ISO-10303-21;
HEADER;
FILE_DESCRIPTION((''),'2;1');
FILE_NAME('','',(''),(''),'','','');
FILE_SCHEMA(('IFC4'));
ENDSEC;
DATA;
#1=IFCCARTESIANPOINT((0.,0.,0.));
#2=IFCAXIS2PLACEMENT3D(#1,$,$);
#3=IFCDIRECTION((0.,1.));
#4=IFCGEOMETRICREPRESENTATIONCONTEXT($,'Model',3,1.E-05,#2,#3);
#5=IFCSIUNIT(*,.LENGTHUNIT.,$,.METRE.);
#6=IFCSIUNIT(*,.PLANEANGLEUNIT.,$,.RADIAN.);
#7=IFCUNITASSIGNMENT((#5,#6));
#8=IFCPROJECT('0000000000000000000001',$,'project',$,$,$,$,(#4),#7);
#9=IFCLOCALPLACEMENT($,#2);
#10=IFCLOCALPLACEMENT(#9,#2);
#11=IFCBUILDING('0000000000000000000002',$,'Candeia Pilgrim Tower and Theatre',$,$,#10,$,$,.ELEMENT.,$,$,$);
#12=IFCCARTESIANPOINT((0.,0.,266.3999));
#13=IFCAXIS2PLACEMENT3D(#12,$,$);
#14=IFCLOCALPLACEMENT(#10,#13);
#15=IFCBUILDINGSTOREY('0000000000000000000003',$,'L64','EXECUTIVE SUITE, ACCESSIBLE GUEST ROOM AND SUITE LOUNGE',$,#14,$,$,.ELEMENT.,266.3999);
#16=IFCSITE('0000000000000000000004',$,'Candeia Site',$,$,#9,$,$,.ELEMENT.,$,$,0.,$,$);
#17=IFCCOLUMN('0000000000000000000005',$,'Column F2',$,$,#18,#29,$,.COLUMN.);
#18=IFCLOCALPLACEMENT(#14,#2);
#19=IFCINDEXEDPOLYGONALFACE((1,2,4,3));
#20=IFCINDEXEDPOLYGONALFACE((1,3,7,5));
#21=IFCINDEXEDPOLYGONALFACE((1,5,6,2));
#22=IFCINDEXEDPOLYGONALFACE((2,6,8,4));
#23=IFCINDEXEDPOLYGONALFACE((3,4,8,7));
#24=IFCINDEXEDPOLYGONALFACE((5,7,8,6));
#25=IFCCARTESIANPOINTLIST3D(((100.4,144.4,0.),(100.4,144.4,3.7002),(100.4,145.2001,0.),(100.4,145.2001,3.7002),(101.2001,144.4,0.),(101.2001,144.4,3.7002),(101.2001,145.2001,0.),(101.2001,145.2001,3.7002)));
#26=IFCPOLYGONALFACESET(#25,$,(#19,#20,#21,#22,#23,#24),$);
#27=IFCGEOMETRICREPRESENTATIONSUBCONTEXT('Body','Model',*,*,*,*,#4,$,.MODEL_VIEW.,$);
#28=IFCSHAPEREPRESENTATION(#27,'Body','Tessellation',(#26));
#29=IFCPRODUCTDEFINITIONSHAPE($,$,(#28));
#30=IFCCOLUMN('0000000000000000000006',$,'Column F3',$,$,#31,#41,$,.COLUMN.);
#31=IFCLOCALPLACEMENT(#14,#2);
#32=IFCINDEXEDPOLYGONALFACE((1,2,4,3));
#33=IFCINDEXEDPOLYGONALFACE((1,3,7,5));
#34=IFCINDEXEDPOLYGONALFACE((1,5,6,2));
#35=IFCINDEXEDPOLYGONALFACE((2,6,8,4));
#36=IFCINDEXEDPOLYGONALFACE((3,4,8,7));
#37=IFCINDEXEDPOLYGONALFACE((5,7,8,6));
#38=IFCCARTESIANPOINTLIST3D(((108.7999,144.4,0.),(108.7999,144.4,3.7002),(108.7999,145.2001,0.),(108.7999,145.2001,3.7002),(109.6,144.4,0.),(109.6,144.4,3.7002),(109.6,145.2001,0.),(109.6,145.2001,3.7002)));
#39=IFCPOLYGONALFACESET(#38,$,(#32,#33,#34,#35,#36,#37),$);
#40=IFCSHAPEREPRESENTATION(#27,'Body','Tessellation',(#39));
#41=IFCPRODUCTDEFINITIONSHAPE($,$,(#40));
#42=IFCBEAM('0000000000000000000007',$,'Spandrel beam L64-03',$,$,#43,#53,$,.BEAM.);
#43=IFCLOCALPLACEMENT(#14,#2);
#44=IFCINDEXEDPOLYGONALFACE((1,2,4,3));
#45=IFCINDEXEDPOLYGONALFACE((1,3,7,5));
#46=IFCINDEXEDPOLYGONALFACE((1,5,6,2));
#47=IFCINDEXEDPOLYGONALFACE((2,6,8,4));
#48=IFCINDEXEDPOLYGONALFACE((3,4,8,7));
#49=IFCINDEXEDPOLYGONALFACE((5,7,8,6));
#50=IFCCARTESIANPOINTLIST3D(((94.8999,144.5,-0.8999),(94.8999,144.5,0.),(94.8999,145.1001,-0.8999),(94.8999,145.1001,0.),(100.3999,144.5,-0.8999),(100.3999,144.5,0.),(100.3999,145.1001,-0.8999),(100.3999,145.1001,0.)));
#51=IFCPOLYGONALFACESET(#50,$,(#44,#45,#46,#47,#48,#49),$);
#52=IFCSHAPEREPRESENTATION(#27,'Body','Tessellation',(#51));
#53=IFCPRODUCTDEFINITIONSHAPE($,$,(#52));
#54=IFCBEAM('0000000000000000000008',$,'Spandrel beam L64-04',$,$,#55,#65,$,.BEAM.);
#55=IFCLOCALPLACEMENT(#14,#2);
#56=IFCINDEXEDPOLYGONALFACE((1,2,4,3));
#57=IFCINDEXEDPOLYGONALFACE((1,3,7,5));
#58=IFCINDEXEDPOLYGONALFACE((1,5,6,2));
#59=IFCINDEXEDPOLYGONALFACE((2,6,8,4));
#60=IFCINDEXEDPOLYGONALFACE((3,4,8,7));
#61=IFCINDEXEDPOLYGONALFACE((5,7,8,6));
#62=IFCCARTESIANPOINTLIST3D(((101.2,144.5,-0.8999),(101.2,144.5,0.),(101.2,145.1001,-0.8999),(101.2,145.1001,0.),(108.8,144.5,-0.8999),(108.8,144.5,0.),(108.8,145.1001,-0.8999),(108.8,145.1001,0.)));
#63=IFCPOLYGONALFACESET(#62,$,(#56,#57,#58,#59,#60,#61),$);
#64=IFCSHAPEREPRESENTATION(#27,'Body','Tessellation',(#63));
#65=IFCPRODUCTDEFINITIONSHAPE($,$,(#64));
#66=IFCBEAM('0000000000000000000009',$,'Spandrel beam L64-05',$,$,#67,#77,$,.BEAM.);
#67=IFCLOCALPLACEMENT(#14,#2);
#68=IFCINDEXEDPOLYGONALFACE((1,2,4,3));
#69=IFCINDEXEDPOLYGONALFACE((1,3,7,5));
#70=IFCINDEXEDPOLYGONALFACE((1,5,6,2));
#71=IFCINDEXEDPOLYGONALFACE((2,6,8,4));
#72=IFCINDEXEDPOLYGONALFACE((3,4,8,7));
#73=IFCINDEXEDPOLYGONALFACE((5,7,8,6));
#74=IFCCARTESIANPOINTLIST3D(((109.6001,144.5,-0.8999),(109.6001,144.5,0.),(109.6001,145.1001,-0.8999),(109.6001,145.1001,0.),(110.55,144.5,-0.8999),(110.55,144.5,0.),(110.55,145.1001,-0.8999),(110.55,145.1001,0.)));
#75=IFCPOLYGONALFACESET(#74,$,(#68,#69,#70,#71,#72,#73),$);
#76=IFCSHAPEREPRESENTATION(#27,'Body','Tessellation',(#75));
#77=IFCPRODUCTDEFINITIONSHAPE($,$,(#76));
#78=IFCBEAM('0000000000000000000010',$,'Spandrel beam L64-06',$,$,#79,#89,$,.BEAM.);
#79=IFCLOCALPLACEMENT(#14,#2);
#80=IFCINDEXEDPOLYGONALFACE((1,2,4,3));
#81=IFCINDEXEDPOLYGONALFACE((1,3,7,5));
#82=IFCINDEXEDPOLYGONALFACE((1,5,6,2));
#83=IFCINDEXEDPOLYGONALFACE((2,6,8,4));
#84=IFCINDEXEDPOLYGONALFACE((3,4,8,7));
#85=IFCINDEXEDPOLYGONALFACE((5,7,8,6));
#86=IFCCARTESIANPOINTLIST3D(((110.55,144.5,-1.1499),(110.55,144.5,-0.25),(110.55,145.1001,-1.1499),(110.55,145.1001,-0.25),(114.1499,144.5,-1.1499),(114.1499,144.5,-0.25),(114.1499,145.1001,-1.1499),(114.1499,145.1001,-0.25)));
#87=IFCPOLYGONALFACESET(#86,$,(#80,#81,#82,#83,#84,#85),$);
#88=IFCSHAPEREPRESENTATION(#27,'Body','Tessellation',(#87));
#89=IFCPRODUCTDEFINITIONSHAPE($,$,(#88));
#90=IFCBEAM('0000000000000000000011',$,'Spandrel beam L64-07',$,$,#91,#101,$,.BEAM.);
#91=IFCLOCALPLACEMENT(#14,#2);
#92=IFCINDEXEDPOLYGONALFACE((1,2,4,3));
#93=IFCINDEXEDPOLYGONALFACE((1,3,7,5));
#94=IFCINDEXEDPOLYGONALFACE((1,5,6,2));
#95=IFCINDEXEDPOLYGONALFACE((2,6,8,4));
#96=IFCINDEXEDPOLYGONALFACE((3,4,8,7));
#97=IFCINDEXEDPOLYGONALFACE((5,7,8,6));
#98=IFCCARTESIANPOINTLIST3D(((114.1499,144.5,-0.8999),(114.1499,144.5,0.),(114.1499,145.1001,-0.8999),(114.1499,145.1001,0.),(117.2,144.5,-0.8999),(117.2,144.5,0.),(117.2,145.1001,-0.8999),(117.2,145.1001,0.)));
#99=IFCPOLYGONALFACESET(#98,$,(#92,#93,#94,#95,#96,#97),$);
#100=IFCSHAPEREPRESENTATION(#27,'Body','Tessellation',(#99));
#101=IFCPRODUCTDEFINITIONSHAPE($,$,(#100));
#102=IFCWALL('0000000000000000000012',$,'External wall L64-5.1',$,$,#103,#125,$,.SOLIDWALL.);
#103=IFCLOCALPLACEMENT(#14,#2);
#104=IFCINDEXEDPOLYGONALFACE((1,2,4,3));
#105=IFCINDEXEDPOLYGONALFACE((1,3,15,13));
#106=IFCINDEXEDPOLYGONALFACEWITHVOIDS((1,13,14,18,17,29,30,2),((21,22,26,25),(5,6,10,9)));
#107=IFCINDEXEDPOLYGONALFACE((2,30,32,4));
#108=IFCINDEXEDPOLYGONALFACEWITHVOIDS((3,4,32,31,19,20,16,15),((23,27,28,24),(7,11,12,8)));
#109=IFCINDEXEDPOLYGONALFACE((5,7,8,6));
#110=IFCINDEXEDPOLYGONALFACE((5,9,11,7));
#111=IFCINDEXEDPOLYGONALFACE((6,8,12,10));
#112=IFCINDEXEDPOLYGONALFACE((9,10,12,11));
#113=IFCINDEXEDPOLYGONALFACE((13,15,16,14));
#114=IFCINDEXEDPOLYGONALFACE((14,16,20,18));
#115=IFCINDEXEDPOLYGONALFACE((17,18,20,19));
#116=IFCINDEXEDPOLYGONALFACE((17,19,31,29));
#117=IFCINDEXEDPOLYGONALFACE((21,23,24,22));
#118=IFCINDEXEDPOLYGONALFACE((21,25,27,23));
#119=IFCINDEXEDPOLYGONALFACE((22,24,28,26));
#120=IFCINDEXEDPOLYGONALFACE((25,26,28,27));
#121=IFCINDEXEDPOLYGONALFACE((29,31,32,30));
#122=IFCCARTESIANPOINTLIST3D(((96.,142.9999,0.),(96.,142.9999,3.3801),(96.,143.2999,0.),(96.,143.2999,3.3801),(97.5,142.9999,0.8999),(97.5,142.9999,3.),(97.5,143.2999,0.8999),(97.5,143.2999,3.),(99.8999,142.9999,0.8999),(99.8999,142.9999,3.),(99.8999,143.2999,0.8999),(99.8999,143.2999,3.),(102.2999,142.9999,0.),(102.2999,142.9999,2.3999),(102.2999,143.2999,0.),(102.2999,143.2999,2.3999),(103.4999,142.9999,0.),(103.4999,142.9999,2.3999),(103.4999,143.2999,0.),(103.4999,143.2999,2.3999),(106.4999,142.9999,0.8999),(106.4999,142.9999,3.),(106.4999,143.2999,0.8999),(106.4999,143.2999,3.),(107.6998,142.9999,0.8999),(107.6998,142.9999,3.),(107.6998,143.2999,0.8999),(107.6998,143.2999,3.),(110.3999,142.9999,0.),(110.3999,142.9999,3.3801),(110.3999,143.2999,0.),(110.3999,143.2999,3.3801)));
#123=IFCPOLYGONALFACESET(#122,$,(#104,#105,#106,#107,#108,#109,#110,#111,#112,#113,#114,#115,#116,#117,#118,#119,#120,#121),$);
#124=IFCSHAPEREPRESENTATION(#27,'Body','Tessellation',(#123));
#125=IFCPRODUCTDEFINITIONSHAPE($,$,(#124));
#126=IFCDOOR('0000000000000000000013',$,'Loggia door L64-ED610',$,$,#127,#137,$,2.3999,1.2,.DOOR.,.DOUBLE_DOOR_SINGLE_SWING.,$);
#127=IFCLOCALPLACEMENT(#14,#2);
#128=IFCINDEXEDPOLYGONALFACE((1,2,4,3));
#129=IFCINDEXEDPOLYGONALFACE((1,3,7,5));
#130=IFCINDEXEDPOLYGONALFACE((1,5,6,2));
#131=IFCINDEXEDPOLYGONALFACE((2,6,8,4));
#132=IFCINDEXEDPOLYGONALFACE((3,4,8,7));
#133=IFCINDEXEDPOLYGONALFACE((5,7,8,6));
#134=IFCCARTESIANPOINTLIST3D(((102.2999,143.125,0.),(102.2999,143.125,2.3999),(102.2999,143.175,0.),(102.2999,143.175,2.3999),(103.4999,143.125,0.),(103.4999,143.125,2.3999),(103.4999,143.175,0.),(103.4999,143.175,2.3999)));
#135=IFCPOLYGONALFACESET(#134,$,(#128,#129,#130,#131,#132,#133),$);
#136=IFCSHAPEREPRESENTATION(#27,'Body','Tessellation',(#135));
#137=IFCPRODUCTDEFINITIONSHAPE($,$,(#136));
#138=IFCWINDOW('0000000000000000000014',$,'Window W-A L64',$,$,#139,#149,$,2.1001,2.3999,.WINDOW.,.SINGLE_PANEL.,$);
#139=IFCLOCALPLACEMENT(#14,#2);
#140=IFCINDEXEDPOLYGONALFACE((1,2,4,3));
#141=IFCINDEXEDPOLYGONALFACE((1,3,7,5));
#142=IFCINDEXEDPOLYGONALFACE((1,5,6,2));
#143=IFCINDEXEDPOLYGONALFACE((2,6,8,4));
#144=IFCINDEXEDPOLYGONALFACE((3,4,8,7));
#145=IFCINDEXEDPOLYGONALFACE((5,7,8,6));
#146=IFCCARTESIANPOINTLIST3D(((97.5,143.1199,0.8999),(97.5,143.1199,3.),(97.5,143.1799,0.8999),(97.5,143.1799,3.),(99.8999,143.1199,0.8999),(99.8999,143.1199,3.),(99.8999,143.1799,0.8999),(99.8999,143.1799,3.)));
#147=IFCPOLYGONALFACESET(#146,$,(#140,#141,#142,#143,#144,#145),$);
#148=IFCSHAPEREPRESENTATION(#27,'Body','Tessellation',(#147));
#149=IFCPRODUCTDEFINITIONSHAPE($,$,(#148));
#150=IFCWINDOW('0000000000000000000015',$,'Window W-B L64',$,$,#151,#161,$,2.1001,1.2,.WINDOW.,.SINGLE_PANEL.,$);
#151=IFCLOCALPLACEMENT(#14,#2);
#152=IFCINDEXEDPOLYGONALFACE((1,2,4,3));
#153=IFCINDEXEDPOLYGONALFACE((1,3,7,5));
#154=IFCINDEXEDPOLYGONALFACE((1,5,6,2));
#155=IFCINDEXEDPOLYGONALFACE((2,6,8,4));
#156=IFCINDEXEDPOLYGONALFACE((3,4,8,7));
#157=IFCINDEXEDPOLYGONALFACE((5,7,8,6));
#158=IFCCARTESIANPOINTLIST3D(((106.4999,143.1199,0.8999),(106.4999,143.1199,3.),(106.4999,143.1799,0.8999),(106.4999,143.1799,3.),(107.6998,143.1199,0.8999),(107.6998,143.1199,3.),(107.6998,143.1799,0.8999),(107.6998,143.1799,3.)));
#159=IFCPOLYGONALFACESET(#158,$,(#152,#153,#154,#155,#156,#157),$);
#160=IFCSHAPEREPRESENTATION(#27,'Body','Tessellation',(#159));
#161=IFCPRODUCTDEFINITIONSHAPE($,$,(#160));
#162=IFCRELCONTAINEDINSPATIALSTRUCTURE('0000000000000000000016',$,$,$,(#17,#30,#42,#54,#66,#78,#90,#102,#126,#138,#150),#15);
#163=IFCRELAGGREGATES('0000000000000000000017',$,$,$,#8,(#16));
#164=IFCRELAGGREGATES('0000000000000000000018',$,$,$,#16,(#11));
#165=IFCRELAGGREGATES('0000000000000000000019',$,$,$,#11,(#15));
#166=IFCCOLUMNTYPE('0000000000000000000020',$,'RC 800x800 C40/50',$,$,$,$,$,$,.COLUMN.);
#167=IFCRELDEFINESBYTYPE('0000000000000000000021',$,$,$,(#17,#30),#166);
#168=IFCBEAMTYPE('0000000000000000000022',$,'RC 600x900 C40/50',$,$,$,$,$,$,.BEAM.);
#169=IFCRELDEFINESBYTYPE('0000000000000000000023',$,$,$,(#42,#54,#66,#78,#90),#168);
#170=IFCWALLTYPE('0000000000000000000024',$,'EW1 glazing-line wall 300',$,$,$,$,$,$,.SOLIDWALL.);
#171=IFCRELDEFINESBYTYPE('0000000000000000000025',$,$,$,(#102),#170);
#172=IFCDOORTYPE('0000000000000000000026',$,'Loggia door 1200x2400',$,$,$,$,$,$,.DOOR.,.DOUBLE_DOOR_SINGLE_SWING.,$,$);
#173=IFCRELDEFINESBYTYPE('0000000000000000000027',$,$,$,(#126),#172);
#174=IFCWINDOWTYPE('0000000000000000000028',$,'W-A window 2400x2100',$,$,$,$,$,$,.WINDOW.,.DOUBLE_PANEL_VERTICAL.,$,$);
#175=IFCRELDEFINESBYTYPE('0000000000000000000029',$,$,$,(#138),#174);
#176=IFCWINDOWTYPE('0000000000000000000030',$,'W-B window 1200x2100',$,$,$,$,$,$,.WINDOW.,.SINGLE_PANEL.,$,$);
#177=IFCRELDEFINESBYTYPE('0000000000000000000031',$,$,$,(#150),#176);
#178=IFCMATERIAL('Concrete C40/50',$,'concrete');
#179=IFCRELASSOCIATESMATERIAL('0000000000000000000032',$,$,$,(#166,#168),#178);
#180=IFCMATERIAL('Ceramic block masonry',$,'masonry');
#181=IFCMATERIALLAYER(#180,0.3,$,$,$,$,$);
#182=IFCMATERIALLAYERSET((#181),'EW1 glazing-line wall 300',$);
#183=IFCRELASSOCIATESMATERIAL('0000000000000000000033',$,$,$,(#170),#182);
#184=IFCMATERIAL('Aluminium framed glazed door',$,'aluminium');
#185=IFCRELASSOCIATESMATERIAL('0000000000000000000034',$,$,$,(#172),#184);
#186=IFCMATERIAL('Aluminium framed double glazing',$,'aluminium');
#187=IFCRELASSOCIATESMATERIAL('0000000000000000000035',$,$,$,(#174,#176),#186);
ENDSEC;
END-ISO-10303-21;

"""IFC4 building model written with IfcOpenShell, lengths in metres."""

from ifc_helpers import new_model, si_unit, direction, frame, frame_2d, origin, origin_2d, place, context, subcontext, project, spatial, rectangle, extrude, material, layer, layer_set, material_profile, profile_set, type_object, element, fill, save


model = new_model("IFC4")

# Units and contexts
model_context = context("Model", 3, precision=1e-05, world=origin(), true_north=direction((0.0, 1.0)))
body_context = subcontext(model_context, "Body", "Model", "MODEL_VIEW")
ifc_project = project(units=[si_unit("LENGTHUNIT", "METRE"), si_unit("PLANEANGLEUNIT", "RADIAN")], contexts=[model_context])

# Site, building, storey
site_placement = place(None, origin())
site = spatial("IfcSite", under=ifc_project, at=site_placement, Name="Candeia Site", CompositionType="ELEMENT", RefElevation=0.0)
building_placement = place(site_placement, origin())
building = spatial("IfcBuilding", under=site, at=building_placement, Name="Candeia Pilgrim Tower and Theatre", CompositionType="ELEMENT")
storey_placement = place(building_placement, frame((0.0, 0.0, 266.3999)))
storey = spatial("IfcBuildingStorey", under=building, at=storey_placement, Name="L64", Description="EXECUTIVE SUITE, ACCESSIBLE GUEST ROOM AND SUITE LOUNGE", CompositionType="ELEMENT", Elevation=266.3999)

# Columns
ifc_material_1 = material(Name="Concrete C40/50", Category="concrete")
ifc_material_profile_1 = material_profile(ifc_material_1, rectangle(XDim=0.8, YDim=0.8, at=origin_2d()))
ifc_profile_set_1 = profile_set([ifc_material_profile_1], Name="Concrete C40/50")
column_type = type_object("IfcColumnType", Name="RC 800x800 C40/50", PredefinedType="COLUMN", material=ifc_profile_set_1)
for number, where, z_axis, x_axis, name in (
    (1, (100.8, 144.8, 0.0), (0.0, 0.0, 1.0), (1.0, 0.0, 0.0), "Column F2"),
    (2, (109.2, 144.8, 0.0), (0.0, 0.0, 1.0), (1.0, 0.0, 0.0), "Column F3"),
):
    element("IfcColumn", number, at=place(storey_placement, frame(where, z_axis=z_axis, x_axis=x_axis)), inside=storey, type_object=column_type, Name=name, PredefinedType="COLUMN", context=body_context, shape_type="SweptSolid", body=[
        extrude(rectangle(XDim=0.8, YDim=0.8, at=origin_2d()), origin(), (0.0, 0.0, 1.0), 3.7002),
    ])

# Beams
ifc_material_profile_2 = material_profile(ifc_material_1, rectangle(XDim=0.6001, YDim=0.8999, at=origin_2d()))
ifc_profile_set_2 = profile_set([ifc_material_profile_2], Name="Concrete C40/50")
beam_type = type_object("IfcBeamType", Name="RC 600x900 C40/50", PredefinedType="BEAM", material=ifc_profile_set_2)
beam_1_placement = place(storey_placement, frame((94.8999, 144.8, -0.45), z_axis=(1.0, 0.0, 0.0), x_axis=(0.0, 1.0, 0.0)))
element("IfcBeam", 3, at=beam_1_placement, inside=storey, type_object=beam_type, Name="Spandrel beam L64-03", PredefinedType="BEAM", context=body_context, shape_type="SweptSolid", body=[
    extrude(rectangle(XDim=0.6001, YDim=0.8999, at=origin_2d()), origin(), (0.0, 0.0, 1.0), 5.5),
])
beam_2_placement = place(storey_placement, frame((101.2, 144.8, -0.45), z_axis=(1.0, 0.0, 0.0), x_axis=(0.0, 1.0, 0.0)))
element("IfcBeam", 4, at=beam_2_placement, inside=storey, type_object=beam_type, Name="Spandrel beam L64-04", PredefinedType="BEAM", context=body_context, shape_type="SweptSolid", body=[
    extrude(rectangle(XDim=0.6001, YDim=0.8999, at=origin_2d()), origin(), (0.0, 0.0, 1.0), 7.6001),
])
beam_3_placement = place(storey_placement, frame((109.6001, 144.8, -0.45), z_axis=(1.0, 0.0, 0.0), x_axis=(0.0, 1.0, 0.0)))
element("IfcBeam", 5, at=beam_3_placement, inside=storey, type_object=beam_type, Name="Spandrel beam L64-05", PredefinedType="BEAM", context=body_context, shape_type="SweptSolid", body=[
    extrude(rectangle(XDim=0.6001, YDim=0.8999, at=origin_2d()), origin(), (0.0, 0.0, 1.0), 0.95),
])
beam_4_placement = place(storey_placement, frame((110.55, 144.8, -0.7), z_axis=(1.0, 0.0, 0.0), x_axis=(0.0, 1.0, 0.0)))
element("IfcBeam", 6, at=beam_4_placement, inside=storey, type_object=beam_type, Name="Spandrel beam L64-06", PredefinedType="BEAM", context=body_context, shape_type="SweptSolid", body=[
    extrude(rectangle(XDim=0.6001, YDim=0.8999, at=origin_2d()), origin(), (0.0, 0.0, 1.0), 3.5999),
])
beam_5_placement = place(storey_placement, frame((114.1499, 144.8, -0.45), z_axis=(1.0, 0.0, 0.0), x_axis=(0.0, 1.0, 0.0)))
element("IfcBeam", 7, at=beam_5_placement, inside=storey, type_object=beam_type, Name="Spandrel beam L64-07", PredefinedType="BEAM", context=body_context, shape_type="SweptSolid", body=[
    extrude(rectangle(XDim=0.6001, YDim=0.8999, at=origin_2d()), origin(), (0.0, 0.0, 1.0), 3.05),
])

# Wall, openings, door, windows
ifc_material_2 = material(Name="Ceramic block masonry", Category="masonry")
ifc_layer_1 = layer(ifc_material_2, 0.3)
ifc_layer_set_1 = layer_set([ifc_layer_1], Name="EW1 glazing-line wall 300")
wall_type_1 = type_object("IfcWallType", Name="EW1 glazing-line wall 300", PredefinedType="SOLIDWALL", material=ifc_layer_set_1)
wall_1_placement = place(storey_placement, frame((110.3999, 143.1499, 0.0), z_axis=(0.0, 0.0, 1.0), x_axis=(-1.0, 0.0, 0.0)))
wall_1 = element("IfcWall", 8, at=wall_1_placement, inside=storey, type_object=wall_type_1, Name="External wall L64-5.1", PredefinedType="SOLIDWALL", context=body_context, shape_type="SweptSolid", body=[
    extrude(rectangle(XDim=14.3999, YDim=0.3, at=frame_2d((7.2, 0.0))), origin(), (0.0, 0.0, 1.0), 3.3801),
])
opening_1_placement = place(wall_1_placement, frame((2.7, 0.0, 0.8999)))
opening_1 = element("IfcOpeningElement", 9, at=opening_1_placement, cuts=wall_1, PredefinedType="OPENING", context=body_context, shape_type="SweptSolid", body=[
    extrude(rectangle(XDim=1.2, YDim=2.1001, at=frame_2d((0.6001, 1.05))), frame((0.0, 0.1602, 0.0), z_axis=(0.0, -1.0, 0.0), x_axis=(1.0, 0.0, 0.0)), (0.0, 0.0, 1.0), 0.3201),
])
opening_2_placement = place(wall_1_placement, frame((6.8999, 0.0, 0.0)))
opening_2 = element("IfcOpeningElement", 10, at=opening_2_placement, cuts=wall_1, PredefinedType="OPENING", context=body_context, shape_type="SweptSolid", body=[
    extrude(rectangle(XDim=1.2, YDim=2.3999, at=frame_2d((0.6001, 1.2))), frame((0.0, 0.1602, 0.0), z_axis=(0.0, -1.0, 0.0), x_axis=(1.0, 0.0, 0.0)), (0.0, 0.0, 1.0), 0.3201),
])
opening_3_placement = place(wall_1_placement, frame((10.5, 0.0, 0.8999)))
opening_3 = element("IfcOpeningElement", 11, at=opening_3_placement, cuts=wall_1, PredefinedType="OPENING", context=body_context, shape_type="SweptSolid", body=[
    extrude(rectangle(XDim=2.3999, YDim=2.1001, at=frame_2d((1.2, 1.05))), frame((0.0, 0.1602, 0.0), z_axis=(0.0, -1.0, 0.0), x_axis=(1.0, 0.0, 0.0)), (0.0, 0.0, 1.0), 0.3201),
])
ifc_material_3 = material(Name="Aluminium framed glazed door", Category="aluminium")
door_type = type_object("IfcDoorType", Name="Loggia door 1200x2400", OperationType="DOUBLE_DOOR_SINGLE_SWING", PredefinedType="DOOR", material=ifc_material_3)
door_placement = place(opening_2_placement, origin())
door = element("IfcDoor", 12, at=door_placement, inside=storey, type_object=door_type, Name="Loggia door L64-ED610", OperationType="DOUBLE_DOOR_SINGLE_SWING", OverallHeight=2.3999, OverallWidth=1.2, PredefinedType="DOOR", context=body_context, shape_type="SweptSolid", body=[
    extrude(rectangle(XDim=1.2, YDim=2.3999, at=frame_2d((0.6001, 1.2))), frame((0.0, 0.0249, 0.0), z_axis=(0.0, -1.0, 0.0), x_axis=(1.0, 0.0, 0.0)), (0.0, 0.0, 1.0), 0.05),
])
fill(opening_2, door)
ifc_material_4 = material(Name="Aluminium framed double glazing", Category="aluminium")
window_type_1 = type_object("IfcWindowType", Name="W-A window 2400x2100", PartitioningType="DOUBLE_PANEL_VERTICAL", PredefinedType="WINDOW", material=ifc_material_4)
window_1_placement = place(opening_3_placement, origin())
window_1 = element("IfcWindow", 13, at=window_1_placement, inside=storey, type_object=window_type_1, Name="Window W-A L64", OverallHeight=2.1001, OverallWidth=2.3999, PartitioningType="SINGLE_PANEL", PredefinedType="WINDOW", context=body_context, shape_type="SweptSolid", body=[
    extrude(rectangle(XDim=2.3999, YDim=2.1001, at=frame_2d((1.2, 1.05))), frame((0.0, 0.03, 0.0), z_axis=(0.0, -1.0, 0.0), x_axis=(1.0, 0.0, 0.0)), (0.0, 0.0, 1.0), 0.0601),
])
fill(opening_3, window_1)
window_type_2 = type_object("IfcWindowType", Name="W-B window 1200x2100", PartitioningType="SINGLE_PANEL", PredefinedType="WINDOW", material=ifc_material_4)
window_2_placement = place(opening_1_placement, origin())
window_2 = element("IfcWindow", 14, at=window_2_placement, inside=storey, type_object=window_type_2, Name="Window W-B L64", OverallHeight=2.1001, OverallWidth=1.2, PartitioningType="SINGLE_PANEL", PredefinedType="WINDOW", context=body_context, shape_type="SweptSolid", body=[
    extrude(rectangle(XDim=1.2, YDim=2.1001, at=frame_2d((0.6001, 1.05))), frame((0.0, 0.03, 0.0), z_axis=(0.0, -1.0, 0.0), x_axis=(1.0, 0.0, 0.0)), (0.0, 0.0, 1.0), 0.0601),
])
fill(opening_1, window_2)

save(model, "model.ifc")
